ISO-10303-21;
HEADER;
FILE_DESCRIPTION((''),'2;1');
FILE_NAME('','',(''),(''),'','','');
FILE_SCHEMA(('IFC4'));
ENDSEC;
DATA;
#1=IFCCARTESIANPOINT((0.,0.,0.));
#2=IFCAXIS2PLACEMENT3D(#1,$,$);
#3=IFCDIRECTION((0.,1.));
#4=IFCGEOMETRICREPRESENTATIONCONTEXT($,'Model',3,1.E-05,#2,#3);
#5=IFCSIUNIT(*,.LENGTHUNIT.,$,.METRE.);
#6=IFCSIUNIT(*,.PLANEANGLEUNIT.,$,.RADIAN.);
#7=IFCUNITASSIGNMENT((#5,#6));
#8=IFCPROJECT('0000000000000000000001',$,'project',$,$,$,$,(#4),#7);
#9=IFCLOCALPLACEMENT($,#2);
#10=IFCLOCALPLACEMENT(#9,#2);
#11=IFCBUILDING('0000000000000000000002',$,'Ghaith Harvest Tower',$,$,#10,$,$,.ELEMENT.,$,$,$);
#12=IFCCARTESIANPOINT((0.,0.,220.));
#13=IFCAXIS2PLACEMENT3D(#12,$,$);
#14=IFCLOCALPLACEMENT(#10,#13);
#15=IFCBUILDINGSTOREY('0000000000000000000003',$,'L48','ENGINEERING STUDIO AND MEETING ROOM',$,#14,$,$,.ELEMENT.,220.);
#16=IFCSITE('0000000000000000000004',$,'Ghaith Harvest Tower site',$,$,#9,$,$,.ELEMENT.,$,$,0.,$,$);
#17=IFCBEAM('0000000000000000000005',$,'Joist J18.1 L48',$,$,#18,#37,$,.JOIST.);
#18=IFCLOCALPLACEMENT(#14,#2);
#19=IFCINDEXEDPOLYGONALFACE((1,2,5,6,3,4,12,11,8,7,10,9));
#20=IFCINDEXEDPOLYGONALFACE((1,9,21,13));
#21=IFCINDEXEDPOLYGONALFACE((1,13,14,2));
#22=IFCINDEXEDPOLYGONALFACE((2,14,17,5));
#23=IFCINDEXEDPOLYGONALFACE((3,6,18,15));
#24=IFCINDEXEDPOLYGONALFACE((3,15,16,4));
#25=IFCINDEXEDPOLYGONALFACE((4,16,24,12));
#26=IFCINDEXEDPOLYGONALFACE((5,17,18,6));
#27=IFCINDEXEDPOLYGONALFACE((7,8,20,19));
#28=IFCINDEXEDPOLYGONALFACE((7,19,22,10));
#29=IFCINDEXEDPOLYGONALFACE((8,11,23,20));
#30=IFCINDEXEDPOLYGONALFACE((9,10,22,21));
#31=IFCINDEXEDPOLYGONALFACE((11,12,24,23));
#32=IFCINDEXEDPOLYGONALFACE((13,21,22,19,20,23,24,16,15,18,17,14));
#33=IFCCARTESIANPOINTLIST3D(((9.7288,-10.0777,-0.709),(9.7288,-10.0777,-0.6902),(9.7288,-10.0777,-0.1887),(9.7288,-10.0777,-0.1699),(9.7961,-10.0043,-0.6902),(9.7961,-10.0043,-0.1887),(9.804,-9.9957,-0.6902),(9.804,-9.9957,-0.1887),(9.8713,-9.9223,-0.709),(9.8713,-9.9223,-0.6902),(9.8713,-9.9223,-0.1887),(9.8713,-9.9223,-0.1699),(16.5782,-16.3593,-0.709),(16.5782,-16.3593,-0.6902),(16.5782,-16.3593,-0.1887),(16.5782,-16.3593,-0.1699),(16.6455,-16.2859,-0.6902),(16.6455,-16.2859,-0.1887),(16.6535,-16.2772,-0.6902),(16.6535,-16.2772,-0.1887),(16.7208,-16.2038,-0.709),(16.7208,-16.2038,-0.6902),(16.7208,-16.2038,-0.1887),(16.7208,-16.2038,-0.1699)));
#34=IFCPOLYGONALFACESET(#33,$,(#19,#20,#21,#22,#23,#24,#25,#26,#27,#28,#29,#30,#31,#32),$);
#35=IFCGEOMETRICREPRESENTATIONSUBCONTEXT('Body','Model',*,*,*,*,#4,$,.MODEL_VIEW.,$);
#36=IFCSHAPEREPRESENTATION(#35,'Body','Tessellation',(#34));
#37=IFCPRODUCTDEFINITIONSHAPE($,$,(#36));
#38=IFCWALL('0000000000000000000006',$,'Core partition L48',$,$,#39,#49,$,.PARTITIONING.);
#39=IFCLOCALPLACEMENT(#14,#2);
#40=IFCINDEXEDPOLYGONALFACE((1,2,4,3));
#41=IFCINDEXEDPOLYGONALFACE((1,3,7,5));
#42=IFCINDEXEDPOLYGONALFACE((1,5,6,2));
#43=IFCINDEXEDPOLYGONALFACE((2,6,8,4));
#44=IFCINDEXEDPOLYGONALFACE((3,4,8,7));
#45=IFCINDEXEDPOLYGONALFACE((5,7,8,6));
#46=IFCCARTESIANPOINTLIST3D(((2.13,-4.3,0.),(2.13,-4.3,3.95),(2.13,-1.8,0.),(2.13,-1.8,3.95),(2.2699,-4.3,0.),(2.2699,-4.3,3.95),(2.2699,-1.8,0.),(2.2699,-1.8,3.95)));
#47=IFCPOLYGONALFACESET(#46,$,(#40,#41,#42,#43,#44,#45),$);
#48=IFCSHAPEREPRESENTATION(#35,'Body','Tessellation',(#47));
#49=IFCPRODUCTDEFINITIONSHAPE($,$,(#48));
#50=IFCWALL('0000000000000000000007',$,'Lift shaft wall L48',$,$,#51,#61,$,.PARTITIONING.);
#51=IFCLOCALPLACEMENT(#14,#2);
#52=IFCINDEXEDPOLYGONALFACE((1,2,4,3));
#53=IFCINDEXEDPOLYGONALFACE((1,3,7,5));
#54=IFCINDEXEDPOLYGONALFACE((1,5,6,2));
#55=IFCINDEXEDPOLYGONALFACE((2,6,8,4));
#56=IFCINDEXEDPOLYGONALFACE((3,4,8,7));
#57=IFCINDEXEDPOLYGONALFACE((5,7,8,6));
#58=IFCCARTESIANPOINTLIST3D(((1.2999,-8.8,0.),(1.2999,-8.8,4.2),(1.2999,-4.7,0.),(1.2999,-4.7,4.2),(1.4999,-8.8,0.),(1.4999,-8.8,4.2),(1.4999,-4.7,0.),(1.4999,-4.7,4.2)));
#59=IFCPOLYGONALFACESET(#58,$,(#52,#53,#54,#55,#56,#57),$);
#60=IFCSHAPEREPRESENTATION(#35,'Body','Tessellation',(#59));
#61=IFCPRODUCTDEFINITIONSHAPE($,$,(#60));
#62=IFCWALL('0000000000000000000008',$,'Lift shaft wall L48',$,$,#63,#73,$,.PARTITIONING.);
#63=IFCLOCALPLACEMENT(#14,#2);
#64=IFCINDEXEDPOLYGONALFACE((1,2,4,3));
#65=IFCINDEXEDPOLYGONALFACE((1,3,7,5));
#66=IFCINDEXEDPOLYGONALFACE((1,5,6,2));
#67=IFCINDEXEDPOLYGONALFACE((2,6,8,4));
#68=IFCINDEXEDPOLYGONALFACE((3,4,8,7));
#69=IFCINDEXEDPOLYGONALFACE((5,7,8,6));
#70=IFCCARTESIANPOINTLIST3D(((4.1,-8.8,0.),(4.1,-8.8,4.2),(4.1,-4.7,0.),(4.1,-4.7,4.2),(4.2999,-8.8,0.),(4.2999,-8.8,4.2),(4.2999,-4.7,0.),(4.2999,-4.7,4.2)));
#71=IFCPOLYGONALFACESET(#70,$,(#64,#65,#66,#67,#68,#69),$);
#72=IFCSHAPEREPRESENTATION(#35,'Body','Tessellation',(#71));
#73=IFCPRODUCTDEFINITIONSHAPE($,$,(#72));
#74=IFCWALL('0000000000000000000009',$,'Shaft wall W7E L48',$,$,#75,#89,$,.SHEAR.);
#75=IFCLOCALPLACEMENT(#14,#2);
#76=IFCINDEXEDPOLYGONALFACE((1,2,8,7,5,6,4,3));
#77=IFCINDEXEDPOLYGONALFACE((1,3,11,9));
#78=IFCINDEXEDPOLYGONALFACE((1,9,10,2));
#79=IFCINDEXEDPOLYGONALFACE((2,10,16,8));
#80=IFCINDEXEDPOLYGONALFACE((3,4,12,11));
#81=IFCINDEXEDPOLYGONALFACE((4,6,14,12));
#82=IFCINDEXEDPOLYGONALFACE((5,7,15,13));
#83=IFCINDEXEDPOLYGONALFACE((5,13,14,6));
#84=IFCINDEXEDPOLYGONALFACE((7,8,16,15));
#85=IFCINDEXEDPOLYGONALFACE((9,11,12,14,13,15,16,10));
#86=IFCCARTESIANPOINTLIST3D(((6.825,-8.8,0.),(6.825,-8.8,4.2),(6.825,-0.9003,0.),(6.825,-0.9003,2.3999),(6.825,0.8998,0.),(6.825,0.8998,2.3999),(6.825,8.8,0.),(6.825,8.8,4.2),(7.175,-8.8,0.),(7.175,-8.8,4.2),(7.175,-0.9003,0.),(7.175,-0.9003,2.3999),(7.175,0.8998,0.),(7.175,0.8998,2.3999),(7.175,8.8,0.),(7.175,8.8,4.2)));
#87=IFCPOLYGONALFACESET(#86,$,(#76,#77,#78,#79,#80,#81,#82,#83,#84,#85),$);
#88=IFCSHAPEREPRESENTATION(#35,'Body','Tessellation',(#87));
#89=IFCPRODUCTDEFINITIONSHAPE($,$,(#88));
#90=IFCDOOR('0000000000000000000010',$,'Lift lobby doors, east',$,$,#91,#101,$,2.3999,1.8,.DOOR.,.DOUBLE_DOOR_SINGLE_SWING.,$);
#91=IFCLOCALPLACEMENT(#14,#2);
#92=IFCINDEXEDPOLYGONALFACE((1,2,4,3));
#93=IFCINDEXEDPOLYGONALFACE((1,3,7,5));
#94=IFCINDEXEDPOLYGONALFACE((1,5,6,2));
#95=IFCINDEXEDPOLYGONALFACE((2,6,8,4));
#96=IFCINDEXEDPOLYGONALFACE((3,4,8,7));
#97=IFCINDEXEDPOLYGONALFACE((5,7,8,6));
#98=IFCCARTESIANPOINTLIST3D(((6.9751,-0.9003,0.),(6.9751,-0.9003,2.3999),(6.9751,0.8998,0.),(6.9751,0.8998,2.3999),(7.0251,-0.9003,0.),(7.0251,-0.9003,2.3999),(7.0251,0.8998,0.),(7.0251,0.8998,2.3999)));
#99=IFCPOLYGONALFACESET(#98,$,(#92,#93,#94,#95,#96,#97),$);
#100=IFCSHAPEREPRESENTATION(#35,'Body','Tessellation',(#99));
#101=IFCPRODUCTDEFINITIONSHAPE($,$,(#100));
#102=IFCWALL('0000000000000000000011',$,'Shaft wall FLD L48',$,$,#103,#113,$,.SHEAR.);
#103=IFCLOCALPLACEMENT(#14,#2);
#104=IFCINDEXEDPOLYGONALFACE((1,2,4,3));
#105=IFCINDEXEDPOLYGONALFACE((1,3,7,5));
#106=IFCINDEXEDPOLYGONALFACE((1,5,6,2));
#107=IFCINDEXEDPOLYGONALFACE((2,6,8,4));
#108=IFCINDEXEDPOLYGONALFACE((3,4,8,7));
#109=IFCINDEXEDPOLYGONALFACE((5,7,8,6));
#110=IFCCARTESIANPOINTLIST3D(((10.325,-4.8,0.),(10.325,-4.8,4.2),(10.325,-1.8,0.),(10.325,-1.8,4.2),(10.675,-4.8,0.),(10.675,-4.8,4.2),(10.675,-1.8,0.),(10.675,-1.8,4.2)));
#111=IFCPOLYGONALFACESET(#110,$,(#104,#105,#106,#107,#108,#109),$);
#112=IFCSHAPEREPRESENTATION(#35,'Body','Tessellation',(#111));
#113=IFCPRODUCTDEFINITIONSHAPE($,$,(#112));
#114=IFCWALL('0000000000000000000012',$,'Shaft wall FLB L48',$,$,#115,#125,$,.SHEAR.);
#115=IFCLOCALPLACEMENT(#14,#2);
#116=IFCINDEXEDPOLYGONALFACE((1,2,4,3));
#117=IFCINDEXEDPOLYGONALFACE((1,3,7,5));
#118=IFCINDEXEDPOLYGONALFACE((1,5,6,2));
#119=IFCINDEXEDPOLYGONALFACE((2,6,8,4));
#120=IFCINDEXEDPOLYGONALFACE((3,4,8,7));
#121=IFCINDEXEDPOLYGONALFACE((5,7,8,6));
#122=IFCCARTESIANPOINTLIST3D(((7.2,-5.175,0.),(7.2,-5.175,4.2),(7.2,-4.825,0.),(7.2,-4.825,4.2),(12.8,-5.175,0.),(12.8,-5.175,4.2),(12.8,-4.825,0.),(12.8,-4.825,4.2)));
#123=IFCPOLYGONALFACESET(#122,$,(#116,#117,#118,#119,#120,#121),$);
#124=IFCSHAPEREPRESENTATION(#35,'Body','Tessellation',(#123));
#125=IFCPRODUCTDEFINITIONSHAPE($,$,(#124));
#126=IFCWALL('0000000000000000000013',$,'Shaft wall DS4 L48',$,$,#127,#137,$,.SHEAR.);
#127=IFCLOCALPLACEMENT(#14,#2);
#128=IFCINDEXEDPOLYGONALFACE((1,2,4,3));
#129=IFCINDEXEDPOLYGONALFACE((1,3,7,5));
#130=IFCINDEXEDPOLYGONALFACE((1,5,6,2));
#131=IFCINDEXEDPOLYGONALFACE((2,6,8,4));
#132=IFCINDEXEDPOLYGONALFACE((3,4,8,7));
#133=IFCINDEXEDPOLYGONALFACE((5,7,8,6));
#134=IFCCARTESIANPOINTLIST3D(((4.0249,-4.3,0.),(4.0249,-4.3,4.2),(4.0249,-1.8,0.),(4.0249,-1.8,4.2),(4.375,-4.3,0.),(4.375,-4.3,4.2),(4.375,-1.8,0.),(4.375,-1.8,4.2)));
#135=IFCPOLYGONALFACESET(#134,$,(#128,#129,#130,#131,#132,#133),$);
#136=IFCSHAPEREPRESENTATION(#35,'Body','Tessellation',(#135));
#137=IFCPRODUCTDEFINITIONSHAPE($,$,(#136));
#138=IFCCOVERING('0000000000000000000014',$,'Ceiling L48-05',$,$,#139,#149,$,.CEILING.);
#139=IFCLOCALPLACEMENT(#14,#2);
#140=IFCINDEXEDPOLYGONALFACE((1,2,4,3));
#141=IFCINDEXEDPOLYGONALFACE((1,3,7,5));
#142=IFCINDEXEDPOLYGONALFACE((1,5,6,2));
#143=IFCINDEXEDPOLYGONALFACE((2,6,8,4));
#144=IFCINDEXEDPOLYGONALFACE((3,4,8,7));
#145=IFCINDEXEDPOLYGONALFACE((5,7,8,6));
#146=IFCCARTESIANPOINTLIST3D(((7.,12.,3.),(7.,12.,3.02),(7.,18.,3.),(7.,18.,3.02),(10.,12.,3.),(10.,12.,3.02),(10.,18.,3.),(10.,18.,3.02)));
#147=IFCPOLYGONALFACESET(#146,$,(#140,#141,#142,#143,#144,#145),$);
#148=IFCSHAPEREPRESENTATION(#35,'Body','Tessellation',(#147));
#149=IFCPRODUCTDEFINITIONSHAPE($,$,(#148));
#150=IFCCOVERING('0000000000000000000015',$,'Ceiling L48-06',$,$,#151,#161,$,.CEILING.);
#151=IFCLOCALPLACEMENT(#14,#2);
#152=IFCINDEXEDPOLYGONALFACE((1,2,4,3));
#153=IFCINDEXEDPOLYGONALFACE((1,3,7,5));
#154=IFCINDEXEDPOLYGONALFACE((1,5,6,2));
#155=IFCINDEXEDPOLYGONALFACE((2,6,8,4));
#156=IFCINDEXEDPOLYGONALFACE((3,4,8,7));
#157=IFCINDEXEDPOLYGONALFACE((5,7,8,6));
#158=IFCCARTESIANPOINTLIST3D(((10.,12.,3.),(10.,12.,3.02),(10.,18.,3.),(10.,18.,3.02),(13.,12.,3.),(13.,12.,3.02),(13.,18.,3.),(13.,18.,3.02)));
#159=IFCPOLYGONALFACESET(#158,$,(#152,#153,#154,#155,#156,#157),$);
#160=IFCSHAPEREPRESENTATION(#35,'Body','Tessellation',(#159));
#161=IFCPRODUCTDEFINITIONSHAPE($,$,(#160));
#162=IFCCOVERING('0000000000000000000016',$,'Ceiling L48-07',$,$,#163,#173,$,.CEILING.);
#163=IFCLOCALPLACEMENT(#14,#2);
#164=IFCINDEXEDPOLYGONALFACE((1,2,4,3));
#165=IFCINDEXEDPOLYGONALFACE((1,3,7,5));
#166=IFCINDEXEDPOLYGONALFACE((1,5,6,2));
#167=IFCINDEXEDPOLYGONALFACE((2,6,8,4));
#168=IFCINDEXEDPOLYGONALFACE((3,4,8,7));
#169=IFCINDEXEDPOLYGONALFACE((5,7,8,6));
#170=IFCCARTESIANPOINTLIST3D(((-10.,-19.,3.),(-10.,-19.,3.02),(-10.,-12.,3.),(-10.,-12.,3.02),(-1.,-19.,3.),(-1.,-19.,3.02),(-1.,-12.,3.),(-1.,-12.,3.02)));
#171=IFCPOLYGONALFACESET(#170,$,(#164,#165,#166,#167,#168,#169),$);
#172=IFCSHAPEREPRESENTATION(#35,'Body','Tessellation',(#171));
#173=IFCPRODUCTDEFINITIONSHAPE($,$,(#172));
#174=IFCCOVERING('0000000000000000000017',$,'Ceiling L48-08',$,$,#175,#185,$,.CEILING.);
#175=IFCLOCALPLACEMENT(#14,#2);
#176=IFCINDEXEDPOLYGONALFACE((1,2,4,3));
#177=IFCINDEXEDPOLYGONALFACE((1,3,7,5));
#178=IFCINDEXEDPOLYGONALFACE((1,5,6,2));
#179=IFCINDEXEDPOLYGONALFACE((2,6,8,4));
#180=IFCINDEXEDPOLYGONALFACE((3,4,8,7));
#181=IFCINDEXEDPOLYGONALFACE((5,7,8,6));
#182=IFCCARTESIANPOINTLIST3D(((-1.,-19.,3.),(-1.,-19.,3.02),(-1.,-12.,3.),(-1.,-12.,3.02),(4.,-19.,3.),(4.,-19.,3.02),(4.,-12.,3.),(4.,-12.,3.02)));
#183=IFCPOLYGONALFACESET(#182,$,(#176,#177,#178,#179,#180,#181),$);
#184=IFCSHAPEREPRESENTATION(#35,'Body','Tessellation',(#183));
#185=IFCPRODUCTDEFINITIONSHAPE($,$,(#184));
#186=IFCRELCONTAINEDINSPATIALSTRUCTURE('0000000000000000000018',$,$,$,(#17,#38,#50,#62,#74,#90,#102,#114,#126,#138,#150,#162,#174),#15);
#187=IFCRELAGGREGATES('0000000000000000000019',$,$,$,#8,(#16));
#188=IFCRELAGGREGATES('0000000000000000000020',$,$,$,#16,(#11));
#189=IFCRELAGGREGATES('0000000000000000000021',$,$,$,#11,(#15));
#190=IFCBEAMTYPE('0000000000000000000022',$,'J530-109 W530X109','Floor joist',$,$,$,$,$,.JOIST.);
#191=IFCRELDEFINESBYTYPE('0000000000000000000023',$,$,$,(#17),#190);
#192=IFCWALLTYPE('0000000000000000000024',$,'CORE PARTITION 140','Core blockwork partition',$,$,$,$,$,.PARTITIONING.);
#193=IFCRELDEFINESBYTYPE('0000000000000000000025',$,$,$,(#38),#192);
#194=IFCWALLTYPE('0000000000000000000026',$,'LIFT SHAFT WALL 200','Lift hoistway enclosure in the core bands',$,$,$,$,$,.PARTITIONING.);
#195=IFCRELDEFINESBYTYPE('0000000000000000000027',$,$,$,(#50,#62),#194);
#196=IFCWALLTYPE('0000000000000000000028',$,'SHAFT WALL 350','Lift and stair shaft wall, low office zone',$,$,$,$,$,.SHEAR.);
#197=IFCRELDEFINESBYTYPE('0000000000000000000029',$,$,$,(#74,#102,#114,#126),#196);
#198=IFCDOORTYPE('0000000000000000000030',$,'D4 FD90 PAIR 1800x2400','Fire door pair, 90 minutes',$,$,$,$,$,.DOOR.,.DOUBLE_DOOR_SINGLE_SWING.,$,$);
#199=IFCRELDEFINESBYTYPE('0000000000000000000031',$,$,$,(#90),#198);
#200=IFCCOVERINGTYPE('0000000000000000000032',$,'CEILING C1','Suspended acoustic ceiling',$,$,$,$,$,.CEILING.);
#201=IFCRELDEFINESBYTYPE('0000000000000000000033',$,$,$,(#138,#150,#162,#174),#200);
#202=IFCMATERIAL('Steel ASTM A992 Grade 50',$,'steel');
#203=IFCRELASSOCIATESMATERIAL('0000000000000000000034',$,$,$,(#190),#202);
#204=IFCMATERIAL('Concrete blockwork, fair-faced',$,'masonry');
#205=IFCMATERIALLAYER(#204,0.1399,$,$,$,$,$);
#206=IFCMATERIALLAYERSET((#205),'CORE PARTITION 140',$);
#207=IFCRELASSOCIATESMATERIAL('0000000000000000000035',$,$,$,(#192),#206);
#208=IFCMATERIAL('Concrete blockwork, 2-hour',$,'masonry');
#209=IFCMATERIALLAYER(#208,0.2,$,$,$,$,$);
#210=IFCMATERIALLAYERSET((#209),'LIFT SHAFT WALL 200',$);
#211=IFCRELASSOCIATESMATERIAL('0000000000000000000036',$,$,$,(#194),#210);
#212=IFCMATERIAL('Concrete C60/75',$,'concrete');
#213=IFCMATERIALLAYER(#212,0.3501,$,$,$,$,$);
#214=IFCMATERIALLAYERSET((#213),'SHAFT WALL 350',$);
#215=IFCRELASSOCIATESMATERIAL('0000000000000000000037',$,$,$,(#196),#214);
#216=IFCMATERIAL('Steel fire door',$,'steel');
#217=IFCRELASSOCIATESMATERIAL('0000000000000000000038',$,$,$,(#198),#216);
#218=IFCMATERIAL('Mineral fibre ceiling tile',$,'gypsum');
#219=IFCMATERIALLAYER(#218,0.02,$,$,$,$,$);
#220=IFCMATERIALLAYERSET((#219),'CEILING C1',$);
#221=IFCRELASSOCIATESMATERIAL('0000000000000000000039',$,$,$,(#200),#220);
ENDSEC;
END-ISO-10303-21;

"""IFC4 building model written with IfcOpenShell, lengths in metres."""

from ifc_helpers import new_model, si_unit, direction, frame, frame_2d, origin, origin_2d, place, context, subcontext, project, spatial, polyline, rectangle, i_section, outline, extrude, material, layer, layer_set, material_profile, profile_set, type_object, element, fill, save


model = new_model("IFC4")

# Units and contexts
model_context = context("Model", 3, precision=1e-05, world=origin(), true_north=direction((0.0, 1.0)))
body_context = subcontext(model_context, "Body", "Model", "MODEL_VIEW")
ifc_project = project(units=[si_unit("LENGTHUNIT", "METRE"), si_unit("PLANEANGLEUNIT", "RADIAN")], contexts=[model_context])

# Site, building, storey
site_placement = place(None, origin())
site = spatial("IfcSite", under=ifc_project, at=site_placement, Name="Ghaith Harvest Tower site", CompositionType="ELEMENT", RefElevation=0.0)
building_placement = place(site_placement, origin())
building = spatial("IfcBuilding", under=site, at=building_placement, Name="Ghaith Harvest Tower", CompositionType="ELEMENT")
storey_placement = place(building_placement, frame((0.0, 0.0, 220.0)))
storey = spatial("IfcBuildingStorey", under=building, at=storey_placement, Name="L48", Description="ENGINEERING STUDIO AND MEETING ROOM", CompositionType="ELEMENT", Elevation=220.0)

# Beam
ifc_material_1 = material(Name="Steel ASTM A992 Grade 50", Category="steel")
ifc_material_profile = material_profile(ifc_material_1, i_section(OverallWidth=0.2109, OverallDepth=0.5391, WebThickness=0.0117, FlangeThickness=0.0188, at=origin_2d()), Name="W530X109")
ifc_profile_set = profile_set([ifc_material_profile], Name="Steel ASTM A992 Grade 50")
beam_type = type_object("IfcBeamType", Name="J530-109 W530X109", Description="Floor joist", PredefinedType="JOIST", material=ifc_profile_set)
beam_placement = place(storey_placement, frame((9.8, -10.0, -0.4395), z_axis=(0.736998, -0.675895, 0.0), x_axis=(0.675895, 0.736998, 0.0)))
element("IfcBeam", 1, at=beam_placement, inside=storey, type_object=beam_type, Name="Joist J18.1 L48", PredefinedType="JOIST", context=body_context, shape_type="SweptSolid", body=[
    extrude(i_section(OverallWidth=0.2109, OverallDepth=0.5391, WebThickness=0.0117, FlangeThickness=0.0188, at=origin_2d()), origin(), (0.0, 0.0, 1.0), 9.2937),
])

# Walls
ifc_material_2 = material(Name="Concrete blockwork, fair-faced", Category="masonry")
ifc_layer_1 = layer(ifc_material_2, 0.1399)
ifc_layer_set_1 = layer_set([ifc_layer_1], Name="CORE PARTITION 140")
wall_type_1 = type_object("IfcWallType", Name="CORE PARTITION 140", Description="Core blockwork partition", PredefinedType="PARTITIONING", material=ifc_layer_set_1)
wall_1_placement = place(storey_placement, frame((2.2, -1.8, 0.0), z_axis=(0.0, 0.0, 1.0), x_axis=(0.0, -1.0, 0.0)))
element("IfcWall", 2, at=wall_1_placement, inside=storey, type_object=wall_type_1, Name="Core partition L48", PredefinedType="PARTITIONING", context=body_context, shape_type="SweptSolid", body=[
    extrude(rectangle(XDim=2.5, YDim=0.1399, at=frame_2d((1.25, 0.0))), origin(), (0.0, 0.0, 1.0), 3.95),
])
ifc_material_3 = material(Name="Concrete blockwork, 2-hour", Category="masonry")
ifc_layer_2 = layer(ifc_material_3, 0.2)
ifc_layer_set_2 = layer_set([ifc_layer_2], Name="LIFT SHAFT WALL 200")
wall_type_2 = type_object("IfcWallType", Name="LIFT SHAFT WALL 200", Description="Lift hoistway enclosure in the core bands", PredefinedType="PARTITIONING", material=ifc_layer_set_2)
for number, where, z_axis, x_axis, name in (
    (3, (1.3999, -4.7, 0.0), (0.0, 0.0, 1.0), (0.0, -1.0, 0.0), "Lift shaft wall L48"),
    (4, (4.2, -4.7, 0.0), (0.0, 0.0, 1.0), (0.0, -1.0, 0.0), "Lift shaft wall L48"),
):
    element("IfcWall", number, at=place(storey_placement, frame(where, z_axis=z_axis, x_axis=x_axis)), inside=storey, type_object=wall_type_2, Name=name, PredefinedType="PARTITIONING", context=body_context, shape_type="SweptSolid", body=[
        extrude(rectangle(XDim=4.1001, YDim=0.2, at=frame_2d((2.05, 0.0))), origin(), (0.0, 0.0, 1.0), 4.2),
    ])

# Wall, opening, door
ifc_material_4 = material(Name="Concrete C60/75", Category="concrete")
ifc_layer_3 = layer(ifc_material_4, 0.3501)
ifc_layer_set_3 = layer_set([ifc_layer_3], Name="SHAFT WALL 350")
wall_type_3 = type_object("IfcWallType", Name="SHAFT WALL 350", Description="Lift and stair shaft wall, low office zone", PredefinedType="SHEAR", material=ifc_layer_set_3)
wall_2_placement = place(storey_placement, frame((7.0, -8.8, 0.0), z_axis=(0.0, 0.0, 1.0), x_axis=(0.0, 1.0, 0.0)))
wall_2 = element("IfcWall", 5, at=wall_2_placement, inside=storey, type_object=wall_type_3, Name="Shaft wall W7E L48", PredefinedType="SHEAR", context=body_context, shape_type="SweptSolid", body=[
    extrude(rectangle(XDim=17.6001, YDim=0.3501, at=frame_2d((8.8, 0.0))), origin(), (0.0, 0.0, 1.0), 4.2),
])
opening_1_placement = place(wall_2_placement, frame((7.8999, 0.0, 0.0)))
opening_1 = element("IfcOpeningElement", 6, at=opening_1_placement, cuts=wall_2, PredefinedType="OPENING", context=body_context, shape_type="SweptSolid", body=[
    extrude(rectangle(XDim=1.8, YDim=2.3999, at=frame_2d((0.8999, 1.2))), frame((0.0, 0.1851, 0.0), z_axis=(0.0, -1.0, 0.0), x_axis=(1.0, 0.0, 0.0)), (0.0, 0.0, 1.0), 0.3701),
])
ifc_material_5 = material(Name="Steel fire door", Category="steel")
door_type_1 = type_object("IfcDoorType", Name="D4 FD90 PAIR 1800x2400", Description="Fire door pair, 90 minutes", OperationType="DOUBLE_DOOR_SINGLE_SWING", PredefinedType="DOOR", material=ifc_material_5)
door_1_placement = place(opening_1_placement, origin())
door_1 = element("IfcDoor", 7, at=door_1_placement, inside=storey, type_object=door_type_1, Name="Lift lobby doors, east", OperationType="DOUBLE_DOOR_SINGLE_SWING", OverallHeight=2.3999, OverallWidth=1.8, PredefinedType="DOOR", context=body_context, shape_type="SweptSolid", body=[
    extrude(rectangle(XDim=1.8, YDim=2.3999, at=frame_2d((0.8999, 1.2))), frame((0.0, 0.0249, 0.0), z_axis=(0.0, -1.0, 0.0), x_axis=(1.0, 0.0, 0.0)), (0.0, 0.0, 1.0), 0.05),
])
fill(opening_1, door_1)

# Walls
wall_3_placement = place(storey_placement, frame((10.5, -4.8, 0.0), z_axis=(0.0, 0.0, 1.0), x_axis=(0.0, 1.0, 0.0)))
element("IfcWall", 8, at=wall_3_placement, inside=storey, type_object=wall_type_3, Name="Shaft wall FLD L48", PredefinedType="SHEAR", context=body_context, shape_type="SweptSolid", body=[
    extrude(rectangle(XDim=3.0, YDim=0.3501, at=frame_2d((1.5, 0.0))), origin(), (0.0, 0.0, 1.0), 4.2),
])
wall_4_placement = place(storey_placement, frame((7.2, -5.0, 0.0), z_axis=(0.0, 0.0, 1.0), x_axis=(1.0, 0.0, 0.0)))
element("IfcWall", 9, at=wall_4_placement, inside=storey, type_object=wall_type_3, Name="Shaft wall FLB L48", PredefinedType="SHEAR", context=body_context, shape_type="SweptSolid", body=[
    extrude(rectangle(XDim=5.6001, YDim=0.3501, at=frame_2d((2.8, 0.0))), origin(), (0.0, 0.0, 1.0), 4.2),
])
wall_5_placement = place(storey_placement, frame((4.2, -4.3, 0.0), z_axis=(0.0, 0.0, 1.0), x_axis=(0.0, 1.0, 0.0)))
element("IfcWall", 10, at=wall_5_placement, inside=storey, type_object=wall_type_3, Name="Shaft wall DS4 L48", PredefinedType="SHEAR", context=body_context, shape_type="SweptSolid", body=[
    extrude(rectangle(XDim=2.5, YDim=0.3501, at=frame_2d((1.25, 0.0))), origin(), (0.0, 0.0, 1.0), 4.2),
])

# Coverings
ifc_material_6 = material(Name="Mineral fibre ceiling tile", Category="gypsum")
ifc_layer_4 = layer(ifc_material_6, 0.02)
ifc_layer_set_4 = layer_set([ifc_layer_4], Name="CEILING C1")
covering_type = type_object("IfcCoveringType", Name="CEILING C1", Description="Suspended acoustic ceiling", PredefinedType="CEILING", material=ifc_layer_set_4)
covering_1_placement = place(storey_placement, frame((0.0, 0.0, 3.0)))
element("IfcCovering", 11, at=covering_1_placement, inside=storey, type_object=covering_type, Name="Ceiling L48-05", PredefinedType="CEILING", context=body_context, shape_type="SweptSolid", body=[
    extrude(outline(polyline([(7.0, 12.0), (10.0, 12.0), (10.0, 18.0), (7.0, 18.0), (7.0, 12.0)])), origin(), (0.0, 0.0, 1.0), 0.02),
])
covering_2_placement = place(storey_placement, frame((0.0, 0.0, 3.0)))
element("IfcCovering", 12, at=covering_2_placement, inside=storey, type_object=covering_type, Name="Ceiling L48-06", PredefinedType="CEILING", context=body_context, shape_type="SweptSolid", body=[
    extrude(outline(polyline([(10.0, 12.0), (13.0, 12.0), (13.0, 18.0), (10.0, 18.0), (10.0, 12.0)])), origin(), (0.0, 0.0, 1.0), 0.02),
])
covering_3_placement = place(storey_placement, frame((0.0, 0.0, 3.0)))
element("IfcCovering", 13, at=covering_3_placement, inside=storey, type_object=covering_type, Name="Ceiling L48-07", PredefinedType="CEILING", context=body_context, shape_type="SweptSolid", body=[
    extrude(outline(polyline([(-10.0, -19.0), (-1.0, -19.0), (-1.0, -12.0), (-10.0, -12.0), (-10.0, -19.0)])), origin(), (0.0, 0.0, 1.0), 0.02),
])
covering_4_placement = place(storey_placement, frame((0.0, 0.0, 3.0)))
element("IfcCovering", 14, at=covering_4_placement, inside=storey, type_object=covering_type, Name="Ceiling L48-08", PredefinedType="CEILING", context=body_context, shape_type="SweptSolid", body=[
    extrude(outline(polyline([(-1.0, -19.0), (4.0, -19.0), (4.0, -12.0), (-1.0, -12.0), (-1.0, -19.0)])), origin(), (0.0, 0.0, 1.0), 0.02),
])

save(model, "model.ifc")
